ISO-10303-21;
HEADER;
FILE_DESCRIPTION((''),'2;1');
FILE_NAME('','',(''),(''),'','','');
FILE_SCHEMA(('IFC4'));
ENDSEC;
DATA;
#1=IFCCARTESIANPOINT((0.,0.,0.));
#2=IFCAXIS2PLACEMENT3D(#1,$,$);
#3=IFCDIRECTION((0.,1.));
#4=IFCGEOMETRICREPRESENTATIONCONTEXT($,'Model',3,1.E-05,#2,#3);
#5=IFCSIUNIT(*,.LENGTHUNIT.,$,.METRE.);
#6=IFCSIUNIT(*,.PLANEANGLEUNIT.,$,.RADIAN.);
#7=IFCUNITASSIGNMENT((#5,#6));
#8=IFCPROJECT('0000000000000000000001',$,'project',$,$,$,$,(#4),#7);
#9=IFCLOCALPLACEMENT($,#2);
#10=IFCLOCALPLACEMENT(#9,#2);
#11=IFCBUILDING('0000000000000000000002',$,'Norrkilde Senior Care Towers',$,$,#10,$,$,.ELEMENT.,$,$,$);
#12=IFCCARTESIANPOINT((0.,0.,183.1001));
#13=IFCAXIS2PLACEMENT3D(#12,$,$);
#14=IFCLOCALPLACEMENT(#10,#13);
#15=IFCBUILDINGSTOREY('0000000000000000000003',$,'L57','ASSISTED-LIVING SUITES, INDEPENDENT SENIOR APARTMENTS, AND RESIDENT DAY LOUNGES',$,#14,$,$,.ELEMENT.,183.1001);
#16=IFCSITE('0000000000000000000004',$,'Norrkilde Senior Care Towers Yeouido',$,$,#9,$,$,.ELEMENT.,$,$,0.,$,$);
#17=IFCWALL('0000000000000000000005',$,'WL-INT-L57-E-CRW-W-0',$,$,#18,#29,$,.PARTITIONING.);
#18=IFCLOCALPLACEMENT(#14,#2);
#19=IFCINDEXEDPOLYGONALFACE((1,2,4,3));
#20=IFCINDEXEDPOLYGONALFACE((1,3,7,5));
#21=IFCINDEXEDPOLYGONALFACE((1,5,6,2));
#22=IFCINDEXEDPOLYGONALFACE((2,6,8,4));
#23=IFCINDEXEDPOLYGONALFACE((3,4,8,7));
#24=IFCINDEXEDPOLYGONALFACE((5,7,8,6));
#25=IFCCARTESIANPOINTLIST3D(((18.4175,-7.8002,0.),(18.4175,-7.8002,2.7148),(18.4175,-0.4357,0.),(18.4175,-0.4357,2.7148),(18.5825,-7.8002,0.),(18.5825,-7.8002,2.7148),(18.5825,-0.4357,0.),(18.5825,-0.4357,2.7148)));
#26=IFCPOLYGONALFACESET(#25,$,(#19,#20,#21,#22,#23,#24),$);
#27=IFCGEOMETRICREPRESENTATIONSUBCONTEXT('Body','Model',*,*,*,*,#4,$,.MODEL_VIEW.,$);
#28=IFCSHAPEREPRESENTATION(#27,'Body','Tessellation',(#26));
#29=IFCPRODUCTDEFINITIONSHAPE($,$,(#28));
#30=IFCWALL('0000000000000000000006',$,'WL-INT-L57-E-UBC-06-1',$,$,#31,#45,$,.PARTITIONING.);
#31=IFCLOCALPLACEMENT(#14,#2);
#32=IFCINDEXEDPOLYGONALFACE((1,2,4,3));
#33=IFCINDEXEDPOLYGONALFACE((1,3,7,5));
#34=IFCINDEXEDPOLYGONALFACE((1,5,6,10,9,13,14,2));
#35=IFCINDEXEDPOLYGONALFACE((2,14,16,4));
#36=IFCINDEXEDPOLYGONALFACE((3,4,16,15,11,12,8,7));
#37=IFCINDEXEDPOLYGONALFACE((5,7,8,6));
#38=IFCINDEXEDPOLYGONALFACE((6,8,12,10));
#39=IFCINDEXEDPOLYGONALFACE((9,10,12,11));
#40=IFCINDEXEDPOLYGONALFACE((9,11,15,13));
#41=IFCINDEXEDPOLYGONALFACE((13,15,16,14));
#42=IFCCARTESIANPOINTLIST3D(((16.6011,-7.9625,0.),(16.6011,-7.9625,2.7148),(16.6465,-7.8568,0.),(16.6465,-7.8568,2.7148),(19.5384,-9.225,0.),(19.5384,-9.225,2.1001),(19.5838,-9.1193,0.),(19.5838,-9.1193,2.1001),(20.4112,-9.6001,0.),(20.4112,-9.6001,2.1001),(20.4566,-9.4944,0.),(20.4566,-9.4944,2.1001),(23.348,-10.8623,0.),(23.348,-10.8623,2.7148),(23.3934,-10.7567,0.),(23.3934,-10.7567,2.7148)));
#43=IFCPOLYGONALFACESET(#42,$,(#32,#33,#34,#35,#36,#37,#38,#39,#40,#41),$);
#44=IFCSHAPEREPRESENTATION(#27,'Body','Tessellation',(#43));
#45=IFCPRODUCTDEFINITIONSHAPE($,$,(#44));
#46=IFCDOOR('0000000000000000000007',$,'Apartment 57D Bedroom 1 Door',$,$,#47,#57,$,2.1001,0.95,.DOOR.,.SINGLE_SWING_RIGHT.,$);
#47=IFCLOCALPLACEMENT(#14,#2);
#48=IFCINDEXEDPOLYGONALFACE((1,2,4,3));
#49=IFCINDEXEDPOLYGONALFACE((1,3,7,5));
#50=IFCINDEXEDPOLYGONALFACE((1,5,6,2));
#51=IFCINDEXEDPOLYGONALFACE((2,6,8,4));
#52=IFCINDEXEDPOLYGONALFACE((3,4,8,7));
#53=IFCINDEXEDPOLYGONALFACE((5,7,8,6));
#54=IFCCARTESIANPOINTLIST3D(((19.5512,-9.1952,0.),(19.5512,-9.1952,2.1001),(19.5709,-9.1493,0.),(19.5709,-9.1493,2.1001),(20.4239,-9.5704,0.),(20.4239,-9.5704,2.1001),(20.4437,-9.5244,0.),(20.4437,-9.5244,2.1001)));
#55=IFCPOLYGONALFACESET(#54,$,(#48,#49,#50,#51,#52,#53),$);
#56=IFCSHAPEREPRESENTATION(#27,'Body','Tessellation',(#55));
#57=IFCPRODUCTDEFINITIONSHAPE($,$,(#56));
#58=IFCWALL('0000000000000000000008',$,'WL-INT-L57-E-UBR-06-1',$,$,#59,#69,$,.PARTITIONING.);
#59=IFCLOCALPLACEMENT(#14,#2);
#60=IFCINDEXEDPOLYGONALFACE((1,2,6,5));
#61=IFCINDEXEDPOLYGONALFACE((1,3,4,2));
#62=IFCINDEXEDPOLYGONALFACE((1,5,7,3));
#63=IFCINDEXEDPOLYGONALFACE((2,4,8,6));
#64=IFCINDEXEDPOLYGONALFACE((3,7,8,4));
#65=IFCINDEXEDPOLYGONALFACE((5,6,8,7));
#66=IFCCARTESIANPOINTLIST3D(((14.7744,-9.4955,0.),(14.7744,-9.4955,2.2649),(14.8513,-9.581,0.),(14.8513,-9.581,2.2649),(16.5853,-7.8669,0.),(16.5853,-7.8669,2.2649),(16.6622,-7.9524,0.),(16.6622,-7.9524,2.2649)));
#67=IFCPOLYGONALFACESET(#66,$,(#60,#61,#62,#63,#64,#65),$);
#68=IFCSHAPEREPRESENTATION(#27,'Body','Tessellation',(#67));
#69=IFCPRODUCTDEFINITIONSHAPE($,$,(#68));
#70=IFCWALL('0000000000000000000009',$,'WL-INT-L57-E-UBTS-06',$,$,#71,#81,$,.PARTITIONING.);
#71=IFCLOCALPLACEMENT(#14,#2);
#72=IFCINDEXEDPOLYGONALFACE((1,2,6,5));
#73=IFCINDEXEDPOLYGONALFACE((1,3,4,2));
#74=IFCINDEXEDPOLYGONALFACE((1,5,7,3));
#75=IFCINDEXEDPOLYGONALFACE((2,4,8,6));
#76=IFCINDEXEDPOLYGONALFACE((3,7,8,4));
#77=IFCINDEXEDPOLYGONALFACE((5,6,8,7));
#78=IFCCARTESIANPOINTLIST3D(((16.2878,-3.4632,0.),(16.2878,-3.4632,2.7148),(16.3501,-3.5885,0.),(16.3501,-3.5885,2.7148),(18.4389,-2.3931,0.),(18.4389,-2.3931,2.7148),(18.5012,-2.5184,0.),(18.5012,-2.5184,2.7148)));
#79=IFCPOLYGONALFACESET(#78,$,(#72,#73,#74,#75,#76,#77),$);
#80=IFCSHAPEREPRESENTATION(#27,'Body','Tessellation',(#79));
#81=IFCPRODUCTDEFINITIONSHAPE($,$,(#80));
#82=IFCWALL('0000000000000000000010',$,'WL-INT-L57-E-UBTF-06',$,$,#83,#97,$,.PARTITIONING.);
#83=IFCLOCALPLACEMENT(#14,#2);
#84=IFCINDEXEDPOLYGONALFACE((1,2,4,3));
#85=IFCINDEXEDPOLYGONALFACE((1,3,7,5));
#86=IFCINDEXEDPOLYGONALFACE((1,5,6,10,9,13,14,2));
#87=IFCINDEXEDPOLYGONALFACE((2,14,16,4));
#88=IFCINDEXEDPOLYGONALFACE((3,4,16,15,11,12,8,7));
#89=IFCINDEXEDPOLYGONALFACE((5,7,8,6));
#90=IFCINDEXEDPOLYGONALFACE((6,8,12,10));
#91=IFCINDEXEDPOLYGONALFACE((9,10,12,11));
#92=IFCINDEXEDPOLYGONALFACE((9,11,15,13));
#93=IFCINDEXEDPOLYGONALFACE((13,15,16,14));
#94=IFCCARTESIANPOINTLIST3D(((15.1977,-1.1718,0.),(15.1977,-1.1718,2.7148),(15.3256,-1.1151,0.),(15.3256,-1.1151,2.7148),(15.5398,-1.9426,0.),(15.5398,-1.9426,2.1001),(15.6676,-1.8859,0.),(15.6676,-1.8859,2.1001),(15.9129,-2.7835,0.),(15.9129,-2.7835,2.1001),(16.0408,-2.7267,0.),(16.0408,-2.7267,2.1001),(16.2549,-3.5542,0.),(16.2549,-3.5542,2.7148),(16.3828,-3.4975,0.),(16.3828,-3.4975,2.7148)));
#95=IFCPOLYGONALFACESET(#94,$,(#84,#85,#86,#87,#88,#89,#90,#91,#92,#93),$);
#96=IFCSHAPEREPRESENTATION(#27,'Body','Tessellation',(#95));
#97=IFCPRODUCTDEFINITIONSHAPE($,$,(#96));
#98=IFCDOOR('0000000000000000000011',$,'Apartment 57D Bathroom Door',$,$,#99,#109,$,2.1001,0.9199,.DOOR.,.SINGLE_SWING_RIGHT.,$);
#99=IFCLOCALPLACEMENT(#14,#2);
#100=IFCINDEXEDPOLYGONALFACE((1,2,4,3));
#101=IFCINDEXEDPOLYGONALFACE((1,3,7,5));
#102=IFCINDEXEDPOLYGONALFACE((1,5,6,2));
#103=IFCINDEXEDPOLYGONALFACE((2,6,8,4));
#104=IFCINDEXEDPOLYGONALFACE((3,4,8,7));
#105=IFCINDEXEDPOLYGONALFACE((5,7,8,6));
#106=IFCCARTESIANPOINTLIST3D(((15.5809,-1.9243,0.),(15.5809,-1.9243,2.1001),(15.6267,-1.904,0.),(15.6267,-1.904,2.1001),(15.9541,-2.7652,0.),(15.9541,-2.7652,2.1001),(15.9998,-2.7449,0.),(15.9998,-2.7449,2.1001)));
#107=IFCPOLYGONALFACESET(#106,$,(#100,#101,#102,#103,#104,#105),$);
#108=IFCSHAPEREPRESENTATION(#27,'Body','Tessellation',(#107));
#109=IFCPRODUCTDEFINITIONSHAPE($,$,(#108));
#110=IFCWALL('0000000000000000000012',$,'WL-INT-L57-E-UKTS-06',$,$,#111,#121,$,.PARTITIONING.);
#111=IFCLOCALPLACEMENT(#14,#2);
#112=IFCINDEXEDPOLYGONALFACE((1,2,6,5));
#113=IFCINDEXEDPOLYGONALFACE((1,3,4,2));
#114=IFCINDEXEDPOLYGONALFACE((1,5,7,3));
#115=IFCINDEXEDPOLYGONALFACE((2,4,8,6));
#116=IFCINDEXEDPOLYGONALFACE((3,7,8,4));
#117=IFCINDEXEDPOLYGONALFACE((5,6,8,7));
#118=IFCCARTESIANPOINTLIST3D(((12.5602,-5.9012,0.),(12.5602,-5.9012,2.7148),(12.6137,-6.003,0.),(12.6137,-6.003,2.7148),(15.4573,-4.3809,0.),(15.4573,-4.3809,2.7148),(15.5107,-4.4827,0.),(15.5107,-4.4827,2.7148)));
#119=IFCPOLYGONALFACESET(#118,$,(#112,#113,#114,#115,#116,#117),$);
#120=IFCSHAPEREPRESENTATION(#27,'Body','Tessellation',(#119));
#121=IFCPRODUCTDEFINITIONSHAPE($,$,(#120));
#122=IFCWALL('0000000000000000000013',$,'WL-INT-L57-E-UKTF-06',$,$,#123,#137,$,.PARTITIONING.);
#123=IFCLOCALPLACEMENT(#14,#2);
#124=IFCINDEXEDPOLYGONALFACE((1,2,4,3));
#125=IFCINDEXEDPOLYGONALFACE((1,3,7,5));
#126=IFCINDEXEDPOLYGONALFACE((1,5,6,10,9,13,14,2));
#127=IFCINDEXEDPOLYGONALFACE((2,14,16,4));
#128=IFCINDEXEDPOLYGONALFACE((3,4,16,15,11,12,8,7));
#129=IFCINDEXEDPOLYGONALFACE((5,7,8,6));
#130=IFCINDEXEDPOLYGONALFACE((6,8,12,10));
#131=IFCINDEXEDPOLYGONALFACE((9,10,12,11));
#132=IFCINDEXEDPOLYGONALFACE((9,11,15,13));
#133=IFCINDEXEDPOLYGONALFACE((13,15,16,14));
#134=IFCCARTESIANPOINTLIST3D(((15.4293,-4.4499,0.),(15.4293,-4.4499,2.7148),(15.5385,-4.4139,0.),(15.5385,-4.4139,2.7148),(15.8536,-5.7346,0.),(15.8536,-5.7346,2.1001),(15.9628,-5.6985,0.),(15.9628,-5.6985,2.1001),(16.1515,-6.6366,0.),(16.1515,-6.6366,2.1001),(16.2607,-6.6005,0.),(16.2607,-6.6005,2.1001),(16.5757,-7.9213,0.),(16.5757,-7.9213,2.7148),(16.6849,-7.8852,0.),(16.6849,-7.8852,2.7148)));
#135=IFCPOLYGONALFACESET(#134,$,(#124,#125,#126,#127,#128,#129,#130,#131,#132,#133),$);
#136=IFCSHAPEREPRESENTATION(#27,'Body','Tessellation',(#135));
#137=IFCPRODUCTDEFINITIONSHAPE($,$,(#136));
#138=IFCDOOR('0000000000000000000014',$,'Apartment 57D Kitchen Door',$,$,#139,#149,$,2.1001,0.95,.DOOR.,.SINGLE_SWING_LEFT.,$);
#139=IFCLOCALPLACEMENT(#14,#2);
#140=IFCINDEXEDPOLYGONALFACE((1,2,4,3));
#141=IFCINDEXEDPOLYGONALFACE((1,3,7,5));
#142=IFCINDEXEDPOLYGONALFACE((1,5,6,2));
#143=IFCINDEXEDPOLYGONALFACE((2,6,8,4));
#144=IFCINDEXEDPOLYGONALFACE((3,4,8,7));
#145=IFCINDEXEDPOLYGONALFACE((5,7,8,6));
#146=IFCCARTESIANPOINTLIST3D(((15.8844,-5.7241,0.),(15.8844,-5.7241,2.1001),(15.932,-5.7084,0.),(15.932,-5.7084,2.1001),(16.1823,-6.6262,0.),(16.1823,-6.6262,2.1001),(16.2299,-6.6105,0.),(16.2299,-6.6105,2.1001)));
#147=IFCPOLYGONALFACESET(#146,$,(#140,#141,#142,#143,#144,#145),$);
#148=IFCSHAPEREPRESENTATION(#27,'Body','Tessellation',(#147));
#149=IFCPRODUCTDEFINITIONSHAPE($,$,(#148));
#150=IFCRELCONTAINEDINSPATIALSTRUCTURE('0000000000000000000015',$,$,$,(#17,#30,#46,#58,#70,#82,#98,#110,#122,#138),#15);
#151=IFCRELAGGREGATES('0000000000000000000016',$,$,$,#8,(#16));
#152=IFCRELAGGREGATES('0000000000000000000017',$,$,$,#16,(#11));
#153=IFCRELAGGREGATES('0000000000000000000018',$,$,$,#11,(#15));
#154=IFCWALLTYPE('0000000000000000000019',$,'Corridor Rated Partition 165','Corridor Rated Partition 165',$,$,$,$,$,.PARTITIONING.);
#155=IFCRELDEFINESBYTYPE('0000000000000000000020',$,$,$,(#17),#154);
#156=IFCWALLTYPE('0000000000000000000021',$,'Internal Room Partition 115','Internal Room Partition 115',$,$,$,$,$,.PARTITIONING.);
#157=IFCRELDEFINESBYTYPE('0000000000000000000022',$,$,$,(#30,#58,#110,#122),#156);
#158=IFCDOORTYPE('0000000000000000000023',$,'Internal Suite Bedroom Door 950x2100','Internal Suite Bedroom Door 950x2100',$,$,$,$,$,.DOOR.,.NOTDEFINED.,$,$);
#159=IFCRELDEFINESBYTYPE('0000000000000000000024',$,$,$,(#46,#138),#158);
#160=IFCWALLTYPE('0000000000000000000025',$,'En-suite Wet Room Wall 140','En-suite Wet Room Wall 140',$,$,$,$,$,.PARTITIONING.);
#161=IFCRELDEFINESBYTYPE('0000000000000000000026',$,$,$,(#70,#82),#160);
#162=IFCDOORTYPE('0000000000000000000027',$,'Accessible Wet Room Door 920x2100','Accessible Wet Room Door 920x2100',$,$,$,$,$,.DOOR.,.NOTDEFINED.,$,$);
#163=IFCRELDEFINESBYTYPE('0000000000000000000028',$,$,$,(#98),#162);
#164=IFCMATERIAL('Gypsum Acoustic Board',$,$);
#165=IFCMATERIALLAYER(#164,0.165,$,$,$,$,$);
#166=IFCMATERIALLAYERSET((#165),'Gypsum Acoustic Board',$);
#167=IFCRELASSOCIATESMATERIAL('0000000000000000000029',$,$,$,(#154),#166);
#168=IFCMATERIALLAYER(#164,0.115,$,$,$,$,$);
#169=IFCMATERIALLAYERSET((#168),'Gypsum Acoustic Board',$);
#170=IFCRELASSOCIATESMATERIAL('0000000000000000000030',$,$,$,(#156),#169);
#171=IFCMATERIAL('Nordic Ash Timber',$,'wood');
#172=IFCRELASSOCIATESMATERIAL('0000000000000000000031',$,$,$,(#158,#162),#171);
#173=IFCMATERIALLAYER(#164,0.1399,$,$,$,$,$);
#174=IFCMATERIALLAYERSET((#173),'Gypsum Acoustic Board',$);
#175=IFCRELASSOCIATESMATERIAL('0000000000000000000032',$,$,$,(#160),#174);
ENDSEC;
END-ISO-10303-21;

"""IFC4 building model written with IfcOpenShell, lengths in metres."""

from ifc_helpers import new_model, si_unit, direction, frame, frame_2d, origin, place, context, subcontext, project, spatial, rectangle, extrude, source, transform, mapped, material, layer, layer_set, type_object, type_shapes, element, fill, save


model = new_model("IFC4")

# Units and contexts
model_context = context("Model", 3, precision=1e-05, world=origin(), true_north=direction((0.0, 1.0)))
body_context = subcontext(model_context, "Body", "Model", "MODEL_VIEW")
ifc_project = project(units=[si_unit("LENGTHUNIT", "METRE"), si_unit("PLANEANGLEUNIT", "RADIAN")], contexts=[model_context])

# Site, building, storey
site_placement = place(None, origin())
site = spatial("IfcSite", under=ifc_project, at=site_placement, Name="Norrkilde Senior Care Towers Yeouido", CompositionType="ELEMENT", RefElevation=0.0)
building_placement = place(site_placement, origin())
building = spatial("IfcBuilding", under=site, at=building_placement, Name="Norrkilde Senior Care Towers", CompositionType="ELEMENT")
storey_placement = place(building_placement, frame((0.0, 0.0, 183.1001)))
storey = spatial("IfcBuildingStorey", under=building, at=storey_placement, Name="L57", Description="ASSISTED-LIVING SUITES, INDEPENDENT SENIOR APARTMENTS, AND RESIDENT DAY LOUNGES", CompositionType="ELEMENT", Elevation=183.1001)

# Wall
ifc_material_1 = material(Name="Gypsum Acoustic Board")
ifc_layer_1 = layer(ifc_material_1, 0.165)
ifc_layer_set_1 = layer_set([ifc_layer_1], Name="Gypsum Acoustic Board")
wall_type_1 = type_object("IfcWallType", Name="Corridor Rated Partition 165", Description="Corridor Rated Partition 165", PredefinedType="PARTITIONING", material=ifc_layer_set_1)
shared_shape_1 = source(origin(), body_context, "Body", "SweptSolid", [
    extrude(rectangle(XDim=7.3645, YDim=0.165, at=frame_2d((3.6821, 0.0))), origin(), (0.0, 0.0, 1.0), 2.7148),
])
type_shapes(wall_type_1, [shared_shape_1])
wall_1_placement = place(storey_placement, frame((18.5, -7.8, 0.0), z_axis=(0.0, 0.0, 1.0), x_axis=(0.0, 1.0, 0.0)))
element("IfcWall", 1, at=wall_1_placement, inside=storey, type_object=wall_type_1, Name="WL-INT-L57-E-CRW-W-0", PredefinedType="PARTITIONING", context=body_context, shape_type="MappedRepresentation", body=[
    mapped(shared_shape_1, transform((0.0, 0.0, 0.0), x_axis=(1.0, 0.0, 0.0), y_axis=(0.0, 1.0, 0.0), z_axis=(0.0, 0.0, 1.0), scale=1.0)),
])

# Wall, opening, door
ifc_layer_2 = layer(ifc_material_1, 0.115)
ifc_layer_set_2 = layer_set([ifc_layer_2], Name="Gypsum Acoustic Board")
wall_type_2 = type_object("IfcWallType", Name="Internal Room Partition 115", Description="Internal Room Partition 115", PredefinedType="PARTITIONING", material=ifc_layer_set_2)
shared_shape_2 = source(origin(), body_context, "Body", "SweptSolid", [
    extrude(rectangle(XDim=7.3438, YDim=0.115, at=frame_2d((3.6719, 0.0))), origin(), (0.0, 0.0, 1.0), 2.7148),
])
wall_2_placement = place(storey_placement, frame((16.6238, -7.9097, 0.0), z_axis=(0.0, 0.0, 1.0), x_axis=(0.918735, -0.394874, 0.0)))
wall_2 = element("IfcWall", 2, at=wall_2_placement, inside=storey, type_object=wall_type_2, Name="WL-INT-L57-E-UBC-06-1", PredefinedType="PARTITIONING", context=body_context, shape_type="MappedRepresentation", body=[
    mapped(shared_shape_2, transform((0.0, 0.0, 0.0), x_axis=(1.0, 0.0, 0.0), y_axis=(0.0, 1.0, 0.0), z_axis=(0.0, 0.0, 1.0), scale=1.0)),
])
opening_1_placement = place(wall_2_placement, frame((3.197, 0.0, 0.0)))
opening_1 = element("IfcOpeningElement", 3, at=opening_1_placement, cuts=wall_2, PredefinedType="OPENING", context=body_context, shape_type="SweptSolid", body=[
    extrude(rectangle(XDim=0.95, YDim=2.1001, at=frame_2d((0.4751, 1.05))), frame((0.0, 0.0674, 0.0), z_axis=(0.0, -1.0, 0.0), x_axis=(1.0, 0.0, 0.0)), (0.0, 0.0, 1.0), 0.135),
])
ifc_material_2 = material(Name="Nordic Ash Timber", Category="wood")
door_type_1 = type_object("IfcDoorType", Name="Internal Suite Bedroom Door 950x2100", Description="Internal Suite Bedroom Door 950x2100", OperationType="NOTDEFINED", PredefinedType="DOOR", material=ifc_material_2)
shared_shape_3 = source(origin(), body_context, "Body", "SweptSolid", [
    extrude(rectangle(XDim=0.95, YDim=2.1001, at=frame_2d((0.4751, 1.05))), frame((0.0, 0.0249, 0.0), z_axis=(0.0, -1.0, 0.0), x_axis=(1.0, 0.0, 0.0)), (0.0, 0.0, 1.0), 0.05),
])
type_shapes(door_type_1, [shared_shape_3])
door_1_placement = place(opening_1_placement, origin())
door_1 = element("IfcDoor", 4, at=door_1_placement, inside=storey, type_object=door_type_1, Name="Apartment 57D Bedroom 1 Door", OperationType="SINGLE_SWING_RIGHT", OverallHeight=2.1001, OverallWidth=0.95, PredefinedType="DOOR", context=body_context, shape_type="MappedRepresentation", body=[
    mapped(shared_shape_3, transform((0.0, 0.0, 0.0), x_axis=(1.0, 0.0, 0.0), y_axis=(0.0, 1.0, 0.0), z_axis=(0.0, 0.0, 1.0), scale=1.0)),
])
fill(opening_1, door_1)

# Walls
shared_shape_4 = source(origin(), body_context, "Body", "SweptSolid", [
    extrude(rectangle(XDim=2.4355, YDim=0.115, at=frame_2d((1.2178, 0.0))), origin(), (0.0, 0.0, 1.0), 2.2649),
])
wall_3_placement = place(storey_placement, frame((16.6238, -7.9097, 0.0), z_axis=(0.0, 0.0, 1.0), x_axis=(-0.743553, -0.668677, 0.0)))
element("IfcWall", 5, at=wall_3_placement, inside=storey, type_object=wall_type_2, Name="WL-INT-L57-E-UBR-06-1", PredefinedType="PARTITIONING", context=body_context, shape_type="MappedRepresentation", body=[
    mapped(shared_shape_4, transform((0.0, 0.0, 0.0), x_axis=(1.0, 0.0, 0.0), y_axis=(0.0, 1.0, 0.0), z_axis=(0.0, 0.0, 1.0), scale=1.0)),
])
ifc_layer_3 = layer(ifc_material_1, 0.1399)
ifc_layer_set_3 = layer_set([ifc_layer_3], Name="Gypsum Acoustic Board")
wall_type_3 = type_object("IfcWallType", Name="En-suite Wet Room Wall 140", Description="En-suite Wet Room Wall 140", PredefinedType="PARTITIONING", material=ifc_layer_set_3)
shared_shape_5 = source(origin(), body_context, "Body", "SweptSolid", [
    extrude(rectangle(XDim=2.4026, YDim=0.1399, at=frame_2d((1.2012, 0.0))), origin(), (0.0, 0.0, 1.0), 2.7148),
])
wall_4_placement = place(storey_placement, frame((18.47, -2.4558, 0.0), z_axis=(0.0, 0.0, 1.0), x_axis=(-0.89534, -0.445384, 0.0)))
element("IfcWall", 6, at=wall_4_placement, inside=storey, type_object=wall_type_3, Name="WL-INT-L57-E-UBTS-06", PredefinedType="PARTITIONING", context=body_context, shape_type="MappedRepresentation", body=[
    mapped(shared_shape_5, transform((0.0, 0.0, 0.0), x_axis=(1.0, 0.0, 0.0), y_axis=(0.0, 1.0, 0.0), z_axis=(0.0, 0.0, 1.0), scale=1.0)),
])

# Wall, opening, door
shared_shape_6 = source(origin(), body_context, "Body", "SweptSolid", [
    extrude(rectangle(XDim=2.6064, YDim=0.1399, at=frame_2d((1.3032, 0.0))), origin(), (0.0, 0.0, 1.0), 2.7148),
])
type_shapes(wall_type_3, [shared_shape_5, shared_shape_6])
wall_5_placement = place(storey_placement, frame((16.3188, -3.5259, 0.0), z_axis=(0.0, 0.0, 1.0), x_axis=(-0.4056, 0.914051, 0.0)))
wall_5 = element("IfcWall", 7, at=wall_5_placement, inside=storey, type_object=wall_type_3, Name="WL-INT-L57-E-UBTF-06", PredefinedType="PARTITIONING", context=body_context, shape_type="MappedRepresentation", body=[
    mapped(shared_shape_6, transform((0.0, 0.0, 0.0), x_axis=(1.0, 0.0, 0.0), y_axis=(0.0, 1.0, 0.0), z_axis=(0.0, 0.0, 1.0), scale=1.0)),
])
opening_2_placement = place(wall_5_placement, frame((0.8433, 0.0, 0.0)))
opening_2 = element("IfcOpeningElement", 8, at=opening_2_placement, cuts=wall_5, PredefinedType="OPENING", context=body_context, shape_type="SweptSolid", body=[
    extrude(rectangle(XDim=0.9199, YDim=2.1001, at=frame_2d((0.46, 1.05))), frame((0.0, 0.0798, 0.0), z_axis=(0.0, -1.0, 0.0), x_axis=(1.0, 0.0, 0.0)), (0.0, 0.0, 1.0), 0.1599),
])
door_type_2 = type_object("IfcDoorType", Name="Accessible Wet Room Door 920x2100", Description="Accessible Wet Room Door 920x2100", OperationType="NOTDEFINED", PredefinedType="DOOR", material=ifc_material_2)
shared_shape_7 = source(origin(), body_context, "Body", "SweptSolid", [
    extrude(rectangle(XDim=0.9199, YDim=2.1001, at=frame_2d((0.46, 1.05))), frame((0.0, 0.0249, 0.0), z_axis=(0.0, -1.0, 0.0), x_axis=(1.0, 0.0, 0.0)), (0.0, 0.0, 1.0), 0.05),
])
type_shapes(door_type_2, [shared_shape_7])
door_2_placement = place(opening_2_placement, origin())
door_2 = element("IfcDoor", 9, at=door_2_placement, inside=storey, type_object=door_type_2, Name="Apartment 57D Bathroom Door", OperationType="SINGLE_SWING_RIGHT", OverallHeight=2.1001, OverallWidth=0.9199, PredefinedType="DOOR", context=body_context, shape_type="MappedRepresentation", body=[
    mapped(shared_shape_7, transform((0.0, 0.0, 0.0), x_axis=(1.0, 0.0, 0.0), y_axis=(0.0, 1.0, 0.0), z_axis=(0.0, 0.0, 1.0), scale=1.0)),
])
fill(opening_2, door_2)

# Wall
shared_shape_8 = source(origin(), body_context, "Body", "SweptSolid", [
    extrude(rectangle(XDim=3.2717, YDim=0.115, at=frame_2d((1.6357, 0.0))), origin(), (0.0, 0.0, 1.0), 2.7148),
])
wall_6_placement = place(storey_placement, frame((15.4839, -4.4319, 0.0), z_axis=(0.0, 0.0, 1.0), x_axis=(-0.885479, -0.464679, 0.0)))
element("IfcWall", 10, at=wall_6_placement, inside=storey, type_object=wall_type_2, Name="WL-INT-L57-E-UKTS-06", PredefinedType="PARTITIONING", context=body_context, shape_type="MappedRepresentation", body=[
    mapped(shared_shape_8, transform((0.0, 0.0, 0.0), x_axis=(1.0, 0.0, 0.0), y_axis=(0.0, 1.0, 0.0), z_axis=(0.0, 0.0, 1.0), scale=1.0)),
])

# Wall, opening, door
shared_shape_9 = source(origin(), body_context, "Body", "SweptSolid", [
    extrude(rectangle(XDim=3.6558, YDim=0.115, at=frame_2d((1.8279, 0.0))), origin(), (0.0, 0.0, 1.0), 2.7148),
])
type_shapes(wall_type_2, [shared_shape_2, shared_shape_4, shared_shape_8, shared_shape_9])
wall_7_placement = place(storey_placement, frame((15.4839, -4.4319, 0.0), z_axis=(0.0, 0.0, 1.0), x_axis=(0.313602, -0.949554, 0.0)))
wall_7 = element("IfcWall", 11, at=wall_7_placement, inside=storey, type_object=wall_type_2, Name="WL-INT-L57-E-UKTF-06", PredefinedType="PARTITIONING", context=body_context, shape_type="MappedRepresentation", body=[
    mapped(shared_shape_9, transform((0.0, 0.0, 0.0), x_axis=(1.0, 0.0, 0.0), y_axis=(0.0, 1.0, 0.0), z_axis=(0.0, 0.0, 1.0), scale=1.0)),
])
opening_3_placement = place(wall_7_placement, frame((1.3528, 0.0, 0.0)))
opening_3 = element("IfcOpeningElement", 12, at=opening_3_placement, cuts=wall_7, PredefinedType="OPENING", context=body_context, shape_type="SweptSolid", body=[
    extrude(rectangle(XDim=0.95, YDim=2.1001, at=frame_2d((0.4751, 1.05))), frame((0.0, 0.0674, 0.0), z_axis=(0.0, -1.0, 0.0), x_axis=(1.0, 0.0, 0.0)), (0.0, 0.0, 1.0), 0.135),
])
door_3_placement = place(opening_3_placement, frame((0.95, 0.0, 0.0), z_axis=(0.0, 0.0, 1.0), x_axis=(-1.0, 0.0, 0.0)))
door_3 = element("IfcDoor", 13, at=door_3_placement, inside=storey, type_object=door_type_1, Name="Apartment 57D Kitchen Door", OperationType="SINGLE_SWING_LEFT", OverallHeight=2.1001, OverallWidth=0.95, PredefinedType="DOOR", context=body_context, shape_type="MappedRepresentation", body=[
    mapped(shared_shape_3, transform((0.0, 0.0, 0.0), x_axis=(1.0, 0.0, 0.0), y_axis=(0.0, 1.0, 0.0), z_axis=(0.0, 0.0, 1.0), scale=1.0)),
])
fill(opening_3, door_3)

save(model, "model.ifc")
